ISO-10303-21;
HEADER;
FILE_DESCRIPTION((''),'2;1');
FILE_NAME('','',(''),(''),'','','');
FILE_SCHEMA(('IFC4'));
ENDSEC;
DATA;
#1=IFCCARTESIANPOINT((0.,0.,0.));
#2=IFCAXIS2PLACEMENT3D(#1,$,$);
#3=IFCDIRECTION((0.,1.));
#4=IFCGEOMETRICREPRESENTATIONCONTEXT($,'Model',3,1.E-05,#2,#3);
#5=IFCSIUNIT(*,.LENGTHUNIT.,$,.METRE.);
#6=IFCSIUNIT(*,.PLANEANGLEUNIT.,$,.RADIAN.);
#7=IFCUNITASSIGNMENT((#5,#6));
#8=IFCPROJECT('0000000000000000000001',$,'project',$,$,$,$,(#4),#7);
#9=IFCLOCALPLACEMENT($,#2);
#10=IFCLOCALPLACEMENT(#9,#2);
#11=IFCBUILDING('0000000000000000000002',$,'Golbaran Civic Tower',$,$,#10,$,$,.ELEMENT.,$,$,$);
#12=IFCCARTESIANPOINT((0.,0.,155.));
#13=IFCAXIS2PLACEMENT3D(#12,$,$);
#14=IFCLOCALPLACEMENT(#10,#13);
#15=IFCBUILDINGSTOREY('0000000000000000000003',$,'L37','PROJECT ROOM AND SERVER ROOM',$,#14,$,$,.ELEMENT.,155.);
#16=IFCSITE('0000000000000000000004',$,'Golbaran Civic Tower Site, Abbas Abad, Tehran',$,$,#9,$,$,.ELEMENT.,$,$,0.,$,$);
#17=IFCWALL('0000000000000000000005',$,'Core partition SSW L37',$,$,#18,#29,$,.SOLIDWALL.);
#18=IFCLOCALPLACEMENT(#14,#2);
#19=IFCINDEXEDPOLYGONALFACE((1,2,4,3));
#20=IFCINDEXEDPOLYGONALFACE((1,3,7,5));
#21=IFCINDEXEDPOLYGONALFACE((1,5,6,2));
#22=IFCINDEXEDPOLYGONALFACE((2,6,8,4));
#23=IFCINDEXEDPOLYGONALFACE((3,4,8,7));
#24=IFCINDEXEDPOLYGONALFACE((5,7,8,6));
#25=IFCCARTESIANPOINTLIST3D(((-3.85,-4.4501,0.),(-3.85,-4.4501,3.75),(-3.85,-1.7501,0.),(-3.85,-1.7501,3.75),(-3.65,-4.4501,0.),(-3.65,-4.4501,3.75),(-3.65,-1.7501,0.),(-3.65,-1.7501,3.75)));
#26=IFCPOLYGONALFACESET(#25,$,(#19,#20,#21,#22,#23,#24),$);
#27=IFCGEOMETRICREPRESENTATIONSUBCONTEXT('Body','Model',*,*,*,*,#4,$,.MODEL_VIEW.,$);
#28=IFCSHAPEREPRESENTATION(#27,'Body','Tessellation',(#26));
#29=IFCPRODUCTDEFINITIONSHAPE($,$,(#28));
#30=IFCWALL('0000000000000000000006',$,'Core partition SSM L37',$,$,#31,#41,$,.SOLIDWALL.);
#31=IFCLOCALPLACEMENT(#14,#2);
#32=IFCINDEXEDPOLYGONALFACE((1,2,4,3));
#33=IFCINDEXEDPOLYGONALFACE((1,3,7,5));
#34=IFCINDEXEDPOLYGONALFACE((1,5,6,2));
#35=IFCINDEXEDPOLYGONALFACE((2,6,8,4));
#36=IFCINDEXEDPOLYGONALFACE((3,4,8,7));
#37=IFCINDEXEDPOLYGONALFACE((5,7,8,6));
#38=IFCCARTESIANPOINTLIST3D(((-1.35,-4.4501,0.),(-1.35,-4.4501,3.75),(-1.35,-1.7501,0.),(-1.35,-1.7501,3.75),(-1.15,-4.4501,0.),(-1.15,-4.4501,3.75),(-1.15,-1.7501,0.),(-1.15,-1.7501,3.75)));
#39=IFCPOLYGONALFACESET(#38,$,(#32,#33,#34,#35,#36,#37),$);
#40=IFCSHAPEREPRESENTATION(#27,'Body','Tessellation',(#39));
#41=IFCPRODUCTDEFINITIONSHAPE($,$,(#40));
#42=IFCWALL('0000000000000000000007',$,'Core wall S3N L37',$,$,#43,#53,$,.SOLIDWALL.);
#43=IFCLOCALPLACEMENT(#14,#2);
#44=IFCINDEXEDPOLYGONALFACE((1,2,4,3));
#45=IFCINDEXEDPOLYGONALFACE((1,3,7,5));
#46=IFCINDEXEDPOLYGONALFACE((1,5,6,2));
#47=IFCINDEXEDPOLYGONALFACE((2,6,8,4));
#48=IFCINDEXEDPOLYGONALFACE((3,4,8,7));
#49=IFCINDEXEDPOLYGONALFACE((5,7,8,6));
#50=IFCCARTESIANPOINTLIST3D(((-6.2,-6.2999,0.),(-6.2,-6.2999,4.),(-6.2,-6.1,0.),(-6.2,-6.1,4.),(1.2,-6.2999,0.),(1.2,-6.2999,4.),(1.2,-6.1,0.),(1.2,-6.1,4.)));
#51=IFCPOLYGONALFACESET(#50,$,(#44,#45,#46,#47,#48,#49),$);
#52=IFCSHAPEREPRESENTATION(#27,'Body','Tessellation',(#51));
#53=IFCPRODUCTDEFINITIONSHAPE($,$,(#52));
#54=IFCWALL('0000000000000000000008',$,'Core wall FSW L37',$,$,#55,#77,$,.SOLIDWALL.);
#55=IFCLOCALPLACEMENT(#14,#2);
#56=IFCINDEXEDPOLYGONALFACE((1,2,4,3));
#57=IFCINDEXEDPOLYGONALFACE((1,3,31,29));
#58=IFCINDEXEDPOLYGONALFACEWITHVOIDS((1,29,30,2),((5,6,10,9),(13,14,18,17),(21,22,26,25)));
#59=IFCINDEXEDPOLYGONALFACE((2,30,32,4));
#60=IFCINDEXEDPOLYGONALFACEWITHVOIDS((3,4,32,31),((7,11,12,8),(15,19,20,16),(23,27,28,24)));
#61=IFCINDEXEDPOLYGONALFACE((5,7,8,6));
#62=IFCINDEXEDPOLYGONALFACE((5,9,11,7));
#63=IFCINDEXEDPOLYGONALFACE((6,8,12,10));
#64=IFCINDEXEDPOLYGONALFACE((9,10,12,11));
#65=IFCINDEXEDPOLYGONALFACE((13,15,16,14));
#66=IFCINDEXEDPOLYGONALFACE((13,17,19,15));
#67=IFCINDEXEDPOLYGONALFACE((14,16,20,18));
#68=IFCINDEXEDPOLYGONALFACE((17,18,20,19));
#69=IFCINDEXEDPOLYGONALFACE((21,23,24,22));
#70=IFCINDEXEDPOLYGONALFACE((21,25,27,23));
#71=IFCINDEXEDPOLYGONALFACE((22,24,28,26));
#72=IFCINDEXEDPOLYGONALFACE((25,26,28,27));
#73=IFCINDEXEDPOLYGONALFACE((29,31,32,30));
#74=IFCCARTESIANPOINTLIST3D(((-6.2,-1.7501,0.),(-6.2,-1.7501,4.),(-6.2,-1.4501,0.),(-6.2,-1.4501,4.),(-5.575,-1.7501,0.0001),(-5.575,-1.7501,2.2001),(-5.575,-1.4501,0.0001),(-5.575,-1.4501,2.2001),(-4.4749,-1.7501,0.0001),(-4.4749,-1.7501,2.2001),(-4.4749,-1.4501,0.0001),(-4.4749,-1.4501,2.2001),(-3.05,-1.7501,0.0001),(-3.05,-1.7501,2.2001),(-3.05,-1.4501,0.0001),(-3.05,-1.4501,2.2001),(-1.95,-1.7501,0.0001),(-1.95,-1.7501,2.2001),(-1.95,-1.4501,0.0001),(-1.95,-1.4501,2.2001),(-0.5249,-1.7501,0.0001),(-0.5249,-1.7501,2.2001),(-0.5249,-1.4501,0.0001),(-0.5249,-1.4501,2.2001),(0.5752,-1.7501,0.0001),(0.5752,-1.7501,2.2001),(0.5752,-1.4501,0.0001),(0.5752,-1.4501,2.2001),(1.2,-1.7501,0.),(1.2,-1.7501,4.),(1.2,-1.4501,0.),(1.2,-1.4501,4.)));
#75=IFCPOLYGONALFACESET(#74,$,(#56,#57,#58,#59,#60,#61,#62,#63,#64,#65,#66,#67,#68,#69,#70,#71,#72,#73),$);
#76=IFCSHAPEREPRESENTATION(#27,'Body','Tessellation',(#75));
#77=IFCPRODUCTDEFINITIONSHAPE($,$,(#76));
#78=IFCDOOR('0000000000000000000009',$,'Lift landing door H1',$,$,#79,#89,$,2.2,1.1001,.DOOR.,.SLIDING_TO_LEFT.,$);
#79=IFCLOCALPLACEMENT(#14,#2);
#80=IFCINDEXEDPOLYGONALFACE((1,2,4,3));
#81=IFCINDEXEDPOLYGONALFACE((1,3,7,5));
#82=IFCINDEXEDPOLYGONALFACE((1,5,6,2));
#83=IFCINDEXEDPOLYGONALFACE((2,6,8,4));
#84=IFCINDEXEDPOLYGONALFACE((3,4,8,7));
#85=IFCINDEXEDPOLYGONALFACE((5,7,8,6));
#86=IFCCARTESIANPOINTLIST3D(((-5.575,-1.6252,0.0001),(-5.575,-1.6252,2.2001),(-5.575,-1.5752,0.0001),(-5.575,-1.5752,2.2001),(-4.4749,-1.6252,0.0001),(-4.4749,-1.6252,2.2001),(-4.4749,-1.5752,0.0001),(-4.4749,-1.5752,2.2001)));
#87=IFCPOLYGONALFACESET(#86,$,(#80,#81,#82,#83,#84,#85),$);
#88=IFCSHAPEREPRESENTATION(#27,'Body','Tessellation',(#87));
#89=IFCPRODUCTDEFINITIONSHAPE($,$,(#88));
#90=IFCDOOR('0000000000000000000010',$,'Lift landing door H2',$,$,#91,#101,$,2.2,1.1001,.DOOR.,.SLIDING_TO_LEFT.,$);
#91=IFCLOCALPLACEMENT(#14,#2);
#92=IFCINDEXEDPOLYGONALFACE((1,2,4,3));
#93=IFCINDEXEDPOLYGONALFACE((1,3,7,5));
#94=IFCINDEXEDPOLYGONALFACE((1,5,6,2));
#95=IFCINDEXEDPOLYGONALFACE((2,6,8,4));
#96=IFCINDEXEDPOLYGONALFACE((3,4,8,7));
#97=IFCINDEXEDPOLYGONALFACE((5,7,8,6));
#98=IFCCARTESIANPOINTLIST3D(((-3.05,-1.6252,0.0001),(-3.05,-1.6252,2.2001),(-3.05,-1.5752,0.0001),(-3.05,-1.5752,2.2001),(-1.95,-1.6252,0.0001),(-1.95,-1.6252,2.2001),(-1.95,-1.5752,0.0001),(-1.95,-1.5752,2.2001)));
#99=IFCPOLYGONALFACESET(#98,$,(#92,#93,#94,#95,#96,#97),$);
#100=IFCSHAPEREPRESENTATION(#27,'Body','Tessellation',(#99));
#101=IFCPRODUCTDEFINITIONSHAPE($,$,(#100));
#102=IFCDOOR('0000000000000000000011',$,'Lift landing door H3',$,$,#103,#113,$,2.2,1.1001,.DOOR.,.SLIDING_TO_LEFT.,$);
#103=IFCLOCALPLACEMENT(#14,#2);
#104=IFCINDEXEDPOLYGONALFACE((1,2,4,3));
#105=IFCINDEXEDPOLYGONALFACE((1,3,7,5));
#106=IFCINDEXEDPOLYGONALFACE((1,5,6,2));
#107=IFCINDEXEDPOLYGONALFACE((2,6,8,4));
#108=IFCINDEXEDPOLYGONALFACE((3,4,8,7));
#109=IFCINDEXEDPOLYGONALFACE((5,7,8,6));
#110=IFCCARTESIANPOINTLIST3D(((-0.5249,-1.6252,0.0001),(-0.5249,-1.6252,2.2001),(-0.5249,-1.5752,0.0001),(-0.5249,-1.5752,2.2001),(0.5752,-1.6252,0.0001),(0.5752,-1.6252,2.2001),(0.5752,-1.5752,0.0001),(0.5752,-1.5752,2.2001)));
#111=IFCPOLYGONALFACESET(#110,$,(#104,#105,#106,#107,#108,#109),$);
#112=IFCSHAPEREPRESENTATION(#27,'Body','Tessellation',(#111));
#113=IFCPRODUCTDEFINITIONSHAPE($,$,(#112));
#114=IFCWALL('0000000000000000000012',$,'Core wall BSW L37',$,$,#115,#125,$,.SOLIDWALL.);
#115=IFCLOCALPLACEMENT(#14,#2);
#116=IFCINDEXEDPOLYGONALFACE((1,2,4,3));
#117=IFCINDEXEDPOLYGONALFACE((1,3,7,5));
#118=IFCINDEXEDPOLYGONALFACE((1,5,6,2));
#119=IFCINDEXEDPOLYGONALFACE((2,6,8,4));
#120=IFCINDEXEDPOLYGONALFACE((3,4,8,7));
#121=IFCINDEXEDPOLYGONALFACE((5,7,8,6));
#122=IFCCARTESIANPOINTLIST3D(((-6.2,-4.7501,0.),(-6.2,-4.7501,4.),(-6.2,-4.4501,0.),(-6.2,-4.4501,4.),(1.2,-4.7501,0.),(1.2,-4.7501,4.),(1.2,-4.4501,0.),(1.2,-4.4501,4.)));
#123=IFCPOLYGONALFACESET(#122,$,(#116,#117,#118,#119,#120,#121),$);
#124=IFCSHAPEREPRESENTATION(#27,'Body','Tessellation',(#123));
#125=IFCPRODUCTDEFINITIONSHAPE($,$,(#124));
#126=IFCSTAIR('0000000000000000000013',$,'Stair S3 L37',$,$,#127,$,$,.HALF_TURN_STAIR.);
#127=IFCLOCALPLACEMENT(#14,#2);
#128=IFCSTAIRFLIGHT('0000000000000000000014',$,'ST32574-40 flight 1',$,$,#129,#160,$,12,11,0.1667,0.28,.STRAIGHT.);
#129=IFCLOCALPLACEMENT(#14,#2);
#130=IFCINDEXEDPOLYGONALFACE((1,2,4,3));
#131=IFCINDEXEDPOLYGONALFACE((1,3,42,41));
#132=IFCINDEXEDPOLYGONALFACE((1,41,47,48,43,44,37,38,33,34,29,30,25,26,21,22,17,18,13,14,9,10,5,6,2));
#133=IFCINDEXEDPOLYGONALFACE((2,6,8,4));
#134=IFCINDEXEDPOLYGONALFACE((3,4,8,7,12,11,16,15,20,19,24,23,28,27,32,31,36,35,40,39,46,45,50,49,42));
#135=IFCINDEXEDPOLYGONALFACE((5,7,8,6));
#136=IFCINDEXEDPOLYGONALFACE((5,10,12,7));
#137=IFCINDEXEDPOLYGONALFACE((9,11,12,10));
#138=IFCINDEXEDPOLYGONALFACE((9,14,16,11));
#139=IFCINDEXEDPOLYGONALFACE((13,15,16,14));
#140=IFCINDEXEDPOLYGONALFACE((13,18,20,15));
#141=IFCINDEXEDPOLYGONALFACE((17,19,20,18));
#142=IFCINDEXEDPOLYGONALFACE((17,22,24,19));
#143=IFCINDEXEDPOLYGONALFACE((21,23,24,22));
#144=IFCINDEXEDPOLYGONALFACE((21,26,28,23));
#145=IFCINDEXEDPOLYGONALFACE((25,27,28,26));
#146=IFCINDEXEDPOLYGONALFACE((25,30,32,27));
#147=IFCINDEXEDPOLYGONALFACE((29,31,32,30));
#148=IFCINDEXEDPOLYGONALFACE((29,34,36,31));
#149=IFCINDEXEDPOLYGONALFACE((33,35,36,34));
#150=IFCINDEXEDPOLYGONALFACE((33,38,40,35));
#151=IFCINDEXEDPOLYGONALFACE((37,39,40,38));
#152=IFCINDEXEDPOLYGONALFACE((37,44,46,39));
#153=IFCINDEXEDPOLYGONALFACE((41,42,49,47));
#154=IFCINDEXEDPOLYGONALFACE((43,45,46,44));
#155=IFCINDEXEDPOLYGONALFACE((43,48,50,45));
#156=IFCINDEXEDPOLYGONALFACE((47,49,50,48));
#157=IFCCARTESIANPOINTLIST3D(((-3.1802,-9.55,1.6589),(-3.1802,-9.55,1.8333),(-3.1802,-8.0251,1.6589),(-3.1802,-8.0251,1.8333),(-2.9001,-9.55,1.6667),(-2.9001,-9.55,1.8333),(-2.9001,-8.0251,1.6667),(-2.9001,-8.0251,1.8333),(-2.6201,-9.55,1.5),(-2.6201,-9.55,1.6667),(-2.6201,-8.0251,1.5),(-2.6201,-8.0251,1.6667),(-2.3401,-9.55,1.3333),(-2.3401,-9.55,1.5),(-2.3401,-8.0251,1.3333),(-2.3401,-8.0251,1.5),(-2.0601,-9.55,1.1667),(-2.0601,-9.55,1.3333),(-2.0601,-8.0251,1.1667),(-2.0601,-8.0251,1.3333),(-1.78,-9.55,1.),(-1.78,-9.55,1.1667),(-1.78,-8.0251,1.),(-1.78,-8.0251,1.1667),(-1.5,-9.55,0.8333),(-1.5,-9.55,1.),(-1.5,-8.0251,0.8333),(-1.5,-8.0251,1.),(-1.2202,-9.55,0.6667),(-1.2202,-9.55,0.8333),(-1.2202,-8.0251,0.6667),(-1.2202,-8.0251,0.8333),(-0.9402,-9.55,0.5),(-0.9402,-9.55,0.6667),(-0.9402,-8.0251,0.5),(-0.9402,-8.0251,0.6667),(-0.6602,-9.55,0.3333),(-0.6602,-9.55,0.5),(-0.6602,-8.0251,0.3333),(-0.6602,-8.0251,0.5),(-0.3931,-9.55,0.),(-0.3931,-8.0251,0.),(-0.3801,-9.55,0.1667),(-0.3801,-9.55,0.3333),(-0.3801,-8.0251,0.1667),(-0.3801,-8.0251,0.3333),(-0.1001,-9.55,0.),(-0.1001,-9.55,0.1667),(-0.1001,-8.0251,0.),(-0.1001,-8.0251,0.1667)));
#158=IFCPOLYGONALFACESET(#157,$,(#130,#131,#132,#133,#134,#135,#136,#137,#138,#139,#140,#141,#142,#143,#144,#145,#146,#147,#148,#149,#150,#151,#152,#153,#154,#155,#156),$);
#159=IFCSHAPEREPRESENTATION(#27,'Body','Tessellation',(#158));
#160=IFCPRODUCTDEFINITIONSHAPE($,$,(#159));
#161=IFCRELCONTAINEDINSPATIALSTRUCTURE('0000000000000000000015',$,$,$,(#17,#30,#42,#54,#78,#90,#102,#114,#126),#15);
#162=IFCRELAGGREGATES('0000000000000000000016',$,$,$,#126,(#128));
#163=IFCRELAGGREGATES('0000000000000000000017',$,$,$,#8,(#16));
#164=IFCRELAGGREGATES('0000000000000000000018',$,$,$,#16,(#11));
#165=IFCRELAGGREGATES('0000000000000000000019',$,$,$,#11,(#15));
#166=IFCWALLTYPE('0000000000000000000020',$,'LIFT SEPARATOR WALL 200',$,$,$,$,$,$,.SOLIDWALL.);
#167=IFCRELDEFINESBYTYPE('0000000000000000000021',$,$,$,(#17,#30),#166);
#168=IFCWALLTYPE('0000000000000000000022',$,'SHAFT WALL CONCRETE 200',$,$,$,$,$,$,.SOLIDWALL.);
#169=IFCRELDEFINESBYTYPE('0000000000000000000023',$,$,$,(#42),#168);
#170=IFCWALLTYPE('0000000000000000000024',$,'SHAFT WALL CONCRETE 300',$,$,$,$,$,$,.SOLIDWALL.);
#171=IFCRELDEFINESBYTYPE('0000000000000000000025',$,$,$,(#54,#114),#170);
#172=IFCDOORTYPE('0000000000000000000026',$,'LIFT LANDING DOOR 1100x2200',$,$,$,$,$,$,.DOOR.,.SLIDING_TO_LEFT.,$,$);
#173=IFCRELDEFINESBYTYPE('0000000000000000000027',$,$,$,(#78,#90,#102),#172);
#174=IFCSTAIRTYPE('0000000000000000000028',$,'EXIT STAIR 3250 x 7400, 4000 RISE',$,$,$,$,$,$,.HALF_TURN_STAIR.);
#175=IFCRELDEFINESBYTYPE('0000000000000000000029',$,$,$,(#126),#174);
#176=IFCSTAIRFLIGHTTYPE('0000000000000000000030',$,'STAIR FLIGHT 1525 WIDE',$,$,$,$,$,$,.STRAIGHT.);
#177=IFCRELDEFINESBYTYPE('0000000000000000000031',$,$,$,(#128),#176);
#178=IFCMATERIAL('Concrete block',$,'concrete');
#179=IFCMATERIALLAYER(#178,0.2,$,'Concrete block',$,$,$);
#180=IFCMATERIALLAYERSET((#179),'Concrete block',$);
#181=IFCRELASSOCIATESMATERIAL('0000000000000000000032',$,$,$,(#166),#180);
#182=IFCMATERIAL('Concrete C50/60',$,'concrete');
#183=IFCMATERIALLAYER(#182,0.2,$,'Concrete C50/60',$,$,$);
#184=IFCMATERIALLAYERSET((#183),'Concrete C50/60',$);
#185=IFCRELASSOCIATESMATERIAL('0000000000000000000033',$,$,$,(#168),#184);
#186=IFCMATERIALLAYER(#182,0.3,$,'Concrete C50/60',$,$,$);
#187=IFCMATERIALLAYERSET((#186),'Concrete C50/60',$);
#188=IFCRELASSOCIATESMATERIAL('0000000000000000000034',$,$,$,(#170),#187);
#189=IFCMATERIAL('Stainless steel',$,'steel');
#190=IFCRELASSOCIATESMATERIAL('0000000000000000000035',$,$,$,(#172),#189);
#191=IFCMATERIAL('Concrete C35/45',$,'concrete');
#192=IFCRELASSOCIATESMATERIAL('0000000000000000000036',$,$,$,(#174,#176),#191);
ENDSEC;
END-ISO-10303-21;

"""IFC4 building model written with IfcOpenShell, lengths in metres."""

from ifc_helpers import new_model, si_unit, direction, frame, frame_2d, origin, place, context, subcontext, project, spatial, polyline, rectangle, outline, extrude, material, layer, layer_set, type_object, element, fill, aggregate, save


model = new_model("IFC4")

# Units and contexts
model_context = context("Model", 3, precision=1e-05, world=origin(), true_north=direction((0.0, 1.0)))
body_context = subcontext(model_context, "Body", "Model", "MODEL_VIEW")
ifc_project = project(units=[si_unit("LENGTHUNIT", "METRE"), si_unit("PLANEANGLEUNIT", "RADIAN")], contexts=[model_context])

# Site, building, storey
site_placement = place(None, origin())
site = spatial("IfcSite", under=ifc_project, at=site_placement, Name="Golbaran Civic Tower Site, Abbas Abad, Tehran", CompositionType="ELEMENT", RefElevation=0.0)
building_placement = place(site_placement, origin())
building = spatial("IfcBuilding", under=site, at=building_placement, Name="Golbaran Civic Tower", CompositionType="ELEMENT")
storey_placement = place(building_placement, frame((0.0, 0.0, 155.0)))
storey = spatial("IfcBuildingStorey", under=building, at=storey_placement, Name="L37", Description="PROJECT ROOM AND SERVER ROOM", CompositionType="ELEMENT", Elevation=155.0)

# Shared definitions
ifc_material_1 = material(Name="Concrete C35/45", Category="concrete")

# Walls
ifc_material_2 = material(Name="Concrete block", Category="concrete")
ifc_layer_1 = layer(ifc_material_2, 0.2, Name="Concrete block")
ifc_layer_set_1 = layer_set([ifc_layer_1], Name="Concrete block")
wall_type_1 = type_object("IfcWallType", Name="LIFT SEPARATOR WALL 200", PredefinedType="SOLIDWALL", material=ifc_layer_set_1)
for number, where, z_axis, x_axis, name in (
    (1, (-3.75, -1.75, 0.0), (0.0, 0.0, 1.0), (0.0, -1.0, 0.0), "Core partition SSW L37"),
    (2, (-1.25, -1.75, 0.0), (0.0, 0.0, 1.0), (0.0, -1.0, 0.0), "Core partition SSM L37"),
):
    element("IfcWall", number, at=place(storey_placement, frame(where, z_axis=z_axis, x_axis=x_axis)), inside=storey, type_object=wall_type_1, Name=name, PredefinedType="SOLIDWALL", context=body_context, shape_type="SweptSolid", body=[
        extrude(rectangle(XDim=2.7, YDim=0.2, at=frame_2d((1.3501, 0.0))), origin(), (0.0, 0.0, 1.0), 3.75),
    ])
ifc_material_3 = material(Name="Concrete C50/60", Category="concrete")
ifc_layer_2 = layer(ifc_material_3, 0.2, Name="Concrete C50/60")
ifc_layer_set_2 = layer_set([ifc_layer_2], Name="Concrete C50/60")
wall_type_2 = type_object("IfcWallType", Name="SHAFT WALL CONCRETE 200", PredefinedType="SOLIDWALL", material=ifc_layer_set_2)
wall_1_placement = place(storey_placement, frame((-6.2, -6.2, 0.0), z_axis=(0.0, 0.0, 1.0), x_axis=(1.0, 0.0, 0.0)))
element("IfcWall", 3, at=wall_1_placement, inside=storey, type_object=wall_type_2, Name="Core wall S3N L37", PredefinedType="SOLIDWALL", context=body_context, shape_type="SweptSolid", body=[
    extrude(rectangle(XDim=7.3999, YDim=0.2, at=frame_2d((3.7, 0.0))), origin(), (0.0, 0.0, 1.0), 4.0),
])

# Wall, openings, doors
ifc_layer_3 = layer(ifc_material_3, 0.3, Name="Concrete C50/60")
ifc_layer_set_3 = layer_set([ifc_layer_3], Name="Concrete C50/60")
wall_type_3 = type_object("IfcWallType", Name="SHAFT WALL CONCRETE 300", PredefinedType="SOLIDWALL", material=ifc_layer_set_3)
wall_2_placement = place(storey_placement, frame((-6.2, -1.6001, 0.0), z_axis=(0.0, 0.0, 1.0), x_axis=(1.0, 0.0, 0.0)))
wall_2 = element("IfcWall", 4, at=wall_2_placement, inside=storey, type_object=wall_type_3, Name="Core wall FSW L37", PredefinedType="SOLIDWALL", context=body_context, shape_type="SweptSolid", body=[
    extrude(rectangle(XDim=7.3999, YDim=0.3, at=frame_2d((3.7, 0.0))), origin(), (0.0, 0.0, 1.0), 4.0),
])
opening_1_placement = place(wall_2_placement, frame((0.625, 0.0, 0.0)))
opening_1 = element("IfcOpeningElement", 5, at=opening_1_placement, cuts=wall_2, PredefinedType="OPENING", context=body_context, shape_type="SweptSolid", body=[
    extrude(rectangle(XDim=1.1001, YDim=2.2, at=frame_2d((0.55, 1.1001))), frame((0.0, 0.1599, 0.0), z_axis=(0.0, -1.0, 0.0), x_axis=(1.0, 0.0, 0.0)), (0.0, 0.0, 1.0), 0.3201),
])
opening_2_placement = place(wall_2_placement, frame((3.1499, 0.0, 0.0)))
opening_2 = element("IfcOpeningElement", 6, at=opening_2_placement, cuts=wall_2, PredefinedType="OPENING", context=body_context, shape_type="SweptSolid", body=[
    extrude(rectangle(XDim=1.1001, YDim=2.2, at=frame_2d((0.55, 1.1001))), frame((0.0, 0.1599, 0.0), z_axis=(0.0, -1.0, 0.0), x_axis=(1.0, 0.0, 0.0)), (0.0, 0.0, 1.0), 0.3201),
])
opening_3_placement = place(wall_2_placement, frame((5.675, 0.0, 0.0)))
opening_3 = element("IfcOpeningElement", 7, at=opening_3_placement, cuts=wall_2, PredefinedType="OPENING", context=body_context, shape_type="SweptSolid", body=[
    extrude(rectangle(XDim=1.1001, YDim=2.2, at=frame_2d((0.55, 1.1001))), frame((0.0, 0.1599, 0.0), z_axis=(0.0, -1.0, 0.0), x_axis=(1.0, 0.0, 0.0)), (0.0, 0.0, 1.0), 0.3201),
])
ifc_material_4 = material(Name="Stainless steel", Category="steel")
door_type = type_object("IfcDoorType", Name="LIFT LANDING DOOR 1100x2200", OperationType="SLIDING_TO_LEFT", PredefinedType="DOOR", material=ifc_material_4)
door_1_placement = place(opening_1_placement, origin())
door_1 = element("IfcDoor", 8, at=door_1_placement, inside=storey, type_object=door_type, Name="Lift landing door H1", OperationType="SLIDING_TO_LEFT", OverallHeight=2.2, OverallWidth=1.1001, PredefinedType="DOOR", context=body_context, shape_type="SweptSolid", body=[
    extrude(rectangle(XDim=1.1001, YDim=2.2, at=frame_2d((0.55, 1.1001))), frame((0.0, 0.0249, 0.0), z_axis=(0.0, -1.0, 0.0), x_axis=(1.0, 0.0, 0.0)), (0.0, 0.0, 1.0), 0.05),
])
fill(opening_1, door_1)
door_2_placement = place(opening_2_placement, origin())
door_2 = element("IfcDoor", 9, at=door_2_placement, inside=storey, type_object=door_type, Name="Lift landing door H2", OperationType="SLIDING_TO_LEFT", OverallHeight=2.2, OverallWidth=1.1001, PredefinedType="DOOR", context=body_context, shape_type="SweptSolid", body=[
    extrude(rectangle(XDim=1.1001, YDim=2.2, at=frame_2d((0.55, 1.1001))), frame((0.0, 0.0249, 0.0), z_axis=(0.0, -1.0, 0.0), x_axis=(1.0, 0.0, 0.0)), (0.0, 0.0, 1.0), 0.05),
])
fill(opening_2, door_2)
door_3_placement = place(opening_3_placement, origin())
door_3 = element("IfcDoor", 10, at=door_3_placement, inside=storey, type_object=door_type, Name="Lift landing door H3", OperationType="SLIDING_TO_LEFT", OverallHeight=2.2, OverallWidth=1.1001, PredefinedType="DOOR", context=body_context, shape_type="SweptSolid", body=[
    extrude(rectangle(XDim=1.1001, YDim=2.2, at=frame_2d((0.55, 1.1001))), frame((0.0, 0.0249, 0.0), z_axis=(0.0, -1.0, 0.0), x_axis=(1.0, 0.0, 0.0)), (0.0, 0.0, 1.0), 0.05),
])
fill(opening_3, door_3)

# Wall
wall_3_placement = place(storey_placement, frame((-6.2, -4.6001, 0.0), z_axis=(0.0, 0.0, 1.0), x_axis=(1.0, 0.0, 0.0)))
element("IfcWall", 11, at=wall_3_placement, inside=storey, type_object=wall_type_3, Name="Core wall BSW L37", PredefinedType="SOLIDWALL", context=body_context, shape_type="SweptSolid", body=[
    extrude(rectangle(XDim=7.3999, YDim=0.3, at=frame_2d((3.7, 0.0))), origin(), (0.0, 0.0, 1.0), 4.0),
])

# Stair, stair flight
stair_type_1 = type_object("IfcStairType", Name="EXIT STAIR 3250 x 7400, 4000 RISE", PredefinedType="HALF_TURN_STAIR", material=ifc_material_1)
stair_1_placement = place(storey_placement, origin())
stair_1 = element("IfcStair", 12, at=stair_1_placement, inside=storey, type_object=stair_type_1, Name="Stair S3 L37", PredefinedType="HALF_TURN_STAIR")
stair_flight_type = type_object("IfcStairFlightType", Name="STAIR FLIGHT 1525 WIDE", PredefinedType="STRAIGHT", material=ifc_material_1)
stair_flight_1_placement = place(storey_placement, frame((-0.1001, -8.7876, 0.0), z_axis=(0.0, 0.0, 1.0), x_axis=(-1.0, 0.0, 0.0)))
stair_flight_1 = element("IfcStairFlight", 13, at=stair_flight_1_placement, type_object=stair_flight_type, Name="ST32574-40 flight 1", NumberOfRisers=12, NumberOfTreads=11, PredefinedType="STRAIGHT", RiserHeight=0.1667, TreadLength=0.28, context=body_context, shape_type="SweptSolid", body=[
    extrude(outline(polyline([(0.0, 0.0), (0.0, 0.1667), (0.28, 0.1667), (0.28, 0.3333), (0.5601, 0.3333), (0.5601, 0.5), (0.8401, 0.5), (0.8401, 0.6667), (1.1201, 0.6667), (1.1201, 0.8333), (1.3999, 0.8333), (1.3999, 1.0), (1.6799, 1.0), (1.6799, 1.1667), (1.96, 1.1667), (1.96, 1.3333), (2.24, 1.3333), (2.24, 1.5), (2.52, 1.5), (2.52, 1.6667), (2.8, 1.6667), (2.8, 1.8333), (3.0801, 1.8333), (3.0801, 2.0), (3.0801, 1.6589), (0.293, 0.0), (0.0, 0.0)])), frame((0.0, 0.7625, 0.0), z_axis=(0.0, -1.0, 0.0), x_axis=(1.0, 0.0, 0.0)), (0.0, 0.0, 1.0), 1.5249),
])
aggregate(stair_1, [stair_flight_1])

save(model, "model.ifc")
